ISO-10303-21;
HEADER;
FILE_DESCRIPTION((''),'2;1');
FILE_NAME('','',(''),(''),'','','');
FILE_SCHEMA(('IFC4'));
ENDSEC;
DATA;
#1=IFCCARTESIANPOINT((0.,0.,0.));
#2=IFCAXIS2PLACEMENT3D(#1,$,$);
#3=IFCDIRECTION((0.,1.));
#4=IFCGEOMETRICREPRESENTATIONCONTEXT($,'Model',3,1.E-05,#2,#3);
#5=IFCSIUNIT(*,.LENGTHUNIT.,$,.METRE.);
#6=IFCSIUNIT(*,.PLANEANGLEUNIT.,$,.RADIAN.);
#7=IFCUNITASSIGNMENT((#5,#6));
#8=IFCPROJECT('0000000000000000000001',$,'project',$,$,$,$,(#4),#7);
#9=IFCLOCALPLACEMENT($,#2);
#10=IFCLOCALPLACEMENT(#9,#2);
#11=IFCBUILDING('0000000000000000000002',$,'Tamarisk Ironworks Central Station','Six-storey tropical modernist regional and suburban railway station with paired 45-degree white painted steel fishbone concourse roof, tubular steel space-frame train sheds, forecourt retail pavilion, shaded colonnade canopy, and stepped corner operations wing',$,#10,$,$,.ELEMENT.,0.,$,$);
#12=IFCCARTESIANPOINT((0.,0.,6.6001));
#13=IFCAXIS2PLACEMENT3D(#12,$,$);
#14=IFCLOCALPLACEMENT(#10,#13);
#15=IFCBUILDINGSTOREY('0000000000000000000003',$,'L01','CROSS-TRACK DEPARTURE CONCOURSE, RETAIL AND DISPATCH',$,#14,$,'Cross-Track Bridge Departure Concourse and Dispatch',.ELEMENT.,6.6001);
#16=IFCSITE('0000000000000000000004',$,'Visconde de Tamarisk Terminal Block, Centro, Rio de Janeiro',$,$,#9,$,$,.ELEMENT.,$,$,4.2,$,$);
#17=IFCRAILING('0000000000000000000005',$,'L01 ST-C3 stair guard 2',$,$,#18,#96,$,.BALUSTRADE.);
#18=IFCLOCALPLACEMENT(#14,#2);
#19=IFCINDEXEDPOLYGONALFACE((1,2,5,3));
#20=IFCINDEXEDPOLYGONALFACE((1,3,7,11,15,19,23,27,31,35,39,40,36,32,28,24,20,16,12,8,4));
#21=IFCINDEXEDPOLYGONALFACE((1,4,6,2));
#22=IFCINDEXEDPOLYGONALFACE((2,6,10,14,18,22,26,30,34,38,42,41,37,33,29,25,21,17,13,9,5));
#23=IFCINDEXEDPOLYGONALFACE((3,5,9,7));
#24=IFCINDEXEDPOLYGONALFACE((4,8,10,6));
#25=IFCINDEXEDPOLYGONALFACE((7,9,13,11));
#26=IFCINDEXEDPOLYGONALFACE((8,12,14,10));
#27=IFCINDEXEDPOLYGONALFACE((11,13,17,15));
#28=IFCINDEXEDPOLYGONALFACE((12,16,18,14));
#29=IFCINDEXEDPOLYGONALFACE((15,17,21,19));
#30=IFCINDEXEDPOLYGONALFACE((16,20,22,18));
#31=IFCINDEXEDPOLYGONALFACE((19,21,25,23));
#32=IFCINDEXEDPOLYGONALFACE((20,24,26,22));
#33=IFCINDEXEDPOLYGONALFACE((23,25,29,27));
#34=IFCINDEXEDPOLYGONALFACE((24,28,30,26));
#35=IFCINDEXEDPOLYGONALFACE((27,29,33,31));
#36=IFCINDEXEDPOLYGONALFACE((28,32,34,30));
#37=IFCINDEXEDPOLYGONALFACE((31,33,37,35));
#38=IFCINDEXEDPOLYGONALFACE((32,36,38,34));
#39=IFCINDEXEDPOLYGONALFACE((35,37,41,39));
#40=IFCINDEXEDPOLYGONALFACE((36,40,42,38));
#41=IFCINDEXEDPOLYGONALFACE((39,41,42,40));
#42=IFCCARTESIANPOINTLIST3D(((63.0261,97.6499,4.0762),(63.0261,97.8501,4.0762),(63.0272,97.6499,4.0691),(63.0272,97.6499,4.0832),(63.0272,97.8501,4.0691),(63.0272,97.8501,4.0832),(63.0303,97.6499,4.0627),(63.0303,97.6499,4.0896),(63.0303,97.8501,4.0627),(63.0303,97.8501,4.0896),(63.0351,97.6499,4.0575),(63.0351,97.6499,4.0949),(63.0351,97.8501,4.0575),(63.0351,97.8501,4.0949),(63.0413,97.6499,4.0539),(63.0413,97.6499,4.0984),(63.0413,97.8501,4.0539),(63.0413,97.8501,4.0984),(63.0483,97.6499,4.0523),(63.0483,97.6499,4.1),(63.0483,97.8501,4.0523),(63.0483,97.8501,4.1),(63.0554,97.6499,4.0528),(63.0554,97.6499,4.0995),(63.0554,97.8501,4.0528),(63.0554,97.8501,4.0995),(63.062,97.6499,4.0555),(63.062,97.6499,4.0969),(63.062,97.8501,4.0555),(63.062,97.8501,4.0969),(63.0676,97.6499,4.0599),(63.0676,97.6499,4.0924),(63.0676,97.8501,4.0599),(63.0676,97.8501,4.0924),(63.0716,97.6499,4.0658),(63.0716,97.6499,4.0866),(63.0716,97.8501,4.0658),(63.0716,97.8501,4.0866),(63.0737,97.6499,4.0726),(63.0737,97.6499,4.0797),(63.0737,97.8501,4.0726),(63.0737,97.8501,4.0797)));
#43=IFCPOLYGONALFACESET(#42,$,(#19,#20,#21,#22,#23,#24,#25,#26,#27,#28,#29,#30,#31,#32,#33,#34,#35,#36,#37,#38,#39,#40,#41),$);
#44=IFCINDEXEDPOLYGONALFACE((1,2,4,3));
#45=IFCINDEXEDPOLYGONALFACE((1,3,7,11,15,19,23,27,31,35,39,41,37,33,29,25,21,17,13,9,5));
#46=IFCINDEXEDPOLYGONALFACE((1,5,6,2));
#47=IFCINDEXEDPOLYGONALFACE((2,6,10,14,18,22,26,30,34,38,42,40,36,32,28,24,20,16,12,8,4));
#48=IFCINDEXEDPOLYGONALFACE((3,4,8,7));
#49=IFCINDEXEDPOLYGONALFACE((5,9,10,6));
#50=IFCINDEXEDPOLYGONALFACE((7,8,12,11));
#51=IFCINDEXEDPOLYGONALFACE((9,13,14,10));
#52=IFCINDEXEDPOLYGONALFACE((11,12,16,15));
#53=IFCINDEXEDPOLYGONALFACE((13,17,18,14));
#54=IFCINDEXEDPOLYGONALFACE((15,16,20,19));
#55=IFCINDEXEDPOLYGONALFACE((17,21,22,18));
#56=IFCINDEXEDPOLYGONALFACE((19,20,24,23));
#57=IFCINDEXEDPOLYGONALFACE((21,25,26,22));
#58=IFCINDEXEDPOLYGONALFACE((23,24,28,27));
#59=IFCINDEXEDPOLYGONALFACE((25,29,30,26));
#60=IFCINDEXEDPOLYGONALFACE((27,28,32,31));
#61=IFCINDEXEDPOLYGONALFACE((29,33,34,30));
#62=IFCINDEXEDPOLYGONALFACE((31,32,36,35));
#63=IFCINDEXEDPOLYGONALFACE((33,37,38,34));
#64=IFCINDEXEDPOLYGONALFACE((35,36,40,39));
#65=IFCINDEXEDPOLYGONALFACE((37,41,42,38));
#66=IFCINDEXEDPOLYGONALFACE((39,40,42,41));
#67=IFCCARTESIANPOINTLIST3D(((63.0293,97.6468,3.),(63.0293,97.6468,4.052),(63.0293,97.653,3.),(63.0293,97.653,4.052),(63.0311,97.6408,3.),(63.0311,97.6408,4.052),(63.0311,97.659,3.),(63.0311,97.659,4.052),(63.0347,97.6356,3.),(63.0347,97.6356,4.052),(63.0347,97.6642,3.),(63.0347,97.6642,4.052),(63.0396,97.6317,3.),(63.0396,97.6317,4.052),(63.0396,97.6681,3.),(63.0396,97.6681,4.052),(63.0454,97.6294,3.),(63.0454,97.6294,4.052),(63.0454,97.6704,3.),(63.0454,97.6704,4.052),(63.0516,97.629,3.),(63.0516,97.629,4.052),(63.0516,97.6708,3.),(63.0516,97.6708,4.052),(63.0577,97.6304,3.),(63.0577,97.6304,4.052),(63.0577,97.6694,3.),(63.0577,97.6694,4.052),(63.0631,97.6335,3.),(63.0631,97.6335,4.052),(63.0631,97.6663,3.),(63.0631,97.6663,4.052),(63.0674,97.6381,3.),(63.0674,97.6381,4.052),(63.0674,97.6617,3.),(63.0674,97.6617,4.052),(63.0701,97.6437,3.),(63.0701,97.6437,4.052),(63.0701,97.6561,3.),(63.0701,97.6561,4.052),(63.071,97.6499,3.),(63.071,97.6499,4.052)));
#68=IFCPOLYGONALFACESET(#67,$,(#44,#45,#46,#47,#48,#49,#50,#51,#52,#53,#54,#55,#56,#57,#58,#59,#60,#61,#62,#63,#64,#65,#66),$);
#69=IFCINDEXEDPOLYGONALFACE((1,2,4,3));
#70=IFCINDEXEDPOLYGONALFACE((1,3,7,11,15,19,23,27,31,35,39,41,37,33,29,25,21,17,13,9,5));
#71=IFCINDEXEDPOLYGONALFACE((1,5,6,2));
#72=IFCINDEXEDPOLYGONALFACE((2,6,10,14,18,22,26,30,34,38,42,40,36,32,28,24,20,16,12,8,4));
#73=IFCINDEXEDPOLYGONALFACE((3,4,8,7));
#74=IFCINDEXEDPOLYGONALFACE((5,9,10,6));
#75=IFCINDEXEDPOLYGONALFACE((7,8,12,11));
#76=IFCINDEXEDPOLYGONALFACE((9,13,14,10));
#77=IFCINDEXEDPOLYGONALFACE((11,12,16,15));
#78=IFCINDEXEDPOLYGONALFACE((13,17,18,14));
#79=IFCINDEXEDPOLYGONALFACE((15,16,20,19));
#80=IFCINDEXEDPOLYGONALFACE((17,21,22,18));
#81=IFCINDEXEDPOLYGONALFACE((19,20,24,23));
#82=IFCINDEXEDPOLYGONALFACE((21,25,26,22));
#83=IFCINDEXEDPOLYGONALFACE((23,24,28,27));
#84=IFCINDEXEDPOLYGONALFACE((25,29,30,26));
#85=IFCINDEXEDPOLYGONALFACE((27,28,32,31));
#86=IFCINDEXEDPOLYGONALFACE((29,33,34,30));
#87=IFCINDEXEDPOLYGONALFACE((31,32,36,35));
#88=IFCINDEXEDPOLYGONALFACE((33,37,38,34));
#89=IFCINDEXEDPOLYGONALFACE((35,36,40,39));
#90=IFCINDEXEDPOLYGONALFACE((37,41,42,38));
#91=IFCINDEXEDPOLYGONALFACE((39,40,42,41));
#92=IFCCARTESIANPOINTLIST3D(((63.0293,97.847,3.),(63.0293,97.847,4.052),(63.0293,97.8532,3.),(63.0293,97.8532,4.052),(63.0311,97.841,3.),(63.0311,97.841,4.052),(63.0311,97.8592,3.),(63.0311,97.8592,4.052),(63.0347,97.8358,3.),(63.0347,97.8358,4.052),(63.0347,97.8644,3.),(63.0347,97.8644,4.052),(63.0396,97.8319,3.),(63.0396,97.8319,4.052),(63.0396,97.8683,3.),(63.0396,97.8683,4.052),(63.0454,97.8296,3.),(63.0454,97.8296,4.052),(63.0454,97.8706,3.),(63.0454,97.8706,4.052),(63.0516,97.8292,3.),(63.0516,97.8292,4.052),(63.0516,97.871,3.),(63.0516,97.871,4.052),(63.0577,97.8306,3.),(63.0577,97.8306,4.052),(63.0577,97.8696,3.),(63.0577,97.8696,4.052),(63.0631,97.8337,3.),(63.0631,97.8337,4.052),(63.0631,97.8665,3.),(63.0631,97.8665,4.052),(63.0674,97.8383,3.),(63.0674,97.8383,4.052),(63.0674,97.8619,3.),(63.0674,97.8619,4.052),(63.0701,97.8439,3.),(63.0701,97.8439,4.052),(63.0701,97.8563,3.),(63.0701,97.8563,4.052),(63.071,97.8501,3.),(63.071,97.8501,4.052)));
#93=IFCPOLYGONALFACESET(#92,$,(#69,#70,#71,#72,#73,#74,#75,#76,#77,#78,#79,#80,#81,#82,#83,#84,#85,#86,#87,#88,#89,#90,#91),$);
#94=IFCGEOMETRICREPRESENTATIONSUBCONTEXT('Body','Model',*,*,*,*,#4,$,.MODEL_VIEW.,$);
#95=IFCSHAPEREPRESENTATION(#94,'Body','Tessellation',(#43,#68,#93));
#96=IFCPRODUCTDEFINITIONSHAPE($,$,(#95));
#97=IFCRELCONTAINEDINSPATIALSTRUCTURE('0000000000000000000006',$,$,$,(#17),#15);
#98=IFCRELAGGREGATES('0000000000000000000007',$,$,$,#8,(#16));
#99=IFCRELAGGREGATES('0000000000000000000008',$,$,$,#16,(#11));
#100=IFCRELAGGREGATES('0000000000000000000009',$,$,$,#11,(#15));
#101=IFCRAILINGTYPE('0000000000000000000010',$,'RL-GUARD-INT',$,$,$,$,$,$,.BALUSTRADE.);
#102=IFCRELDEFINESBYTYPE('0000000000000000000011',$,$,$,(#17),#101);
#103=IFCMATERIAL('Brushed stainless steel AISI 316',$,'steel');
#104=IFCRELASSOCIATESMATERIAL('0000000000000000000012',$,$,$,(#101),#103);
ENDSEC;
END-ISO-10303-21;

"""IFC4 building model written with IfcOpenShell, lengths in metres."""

from ifc_helpers import new_model, si_unit, direction, frame, origin, origin_2d, place, context, subcontext, project, spatial, circle, extrude, material, type_object, element, save


model = new_model("IFC4")

# Units and contexts
model_context = context("Model", 3, precision=1e-05, world=origin(), true_north=direction((0.0, 1.0)))
body_context = subcontext(model_context, "Body", "Model", "MODEL_VIEW")
ifc_project = project(units=[si_unit("LENGTHUNIT", "METRE"), si_unit("PLANEANGLEUNIT", "RADIAN")], contexts=[model_context])

# Site, building, storey
site_placement = place(None, origin())
site = spatial("IfcSite", under=ifc_project, at=site_placement, Name="Visconde de Tamarisk Terminal Block, Centro, Rio de Janeiro", CompositionType="ELEMENT", RefElevation=4.2)
building_placement = place(site_placement, origin())
building = spatial("IfcBuilding", under=site, at=building_placement, Name="Tamarisk Ironworks Central Station", Description="Six-storey tropical modernist regional and suburban railway station with paired 45-degree white painted steel fishbone concourse roof, tubular steel space-frame train sheds, forecourt retail pavilion, shaded colonnade canopy, and stepped corner operations wing", CompositionType="ELEMENT", ElevationOfRefHeight=0.0)
storey_placement = place(building_placement, frame((0.0, 0.0, 6.6001)))
storey = spatial("IfcBuildingStorey", under=building, at=storey_placement, Name="L01", Description="CROSS-TRACK DEPARTURE CONCOURSE, RETAIL AND DISPATCH", LongName="Cross-Track Bridge Departure Concourse and Dispatch", CompositionType="ELEMENT", Elevation=6.6001)

# Shared definitions
ifc_material_1 = material(Name="Brushed stainless steel AISI 316", Category="steel")

# Railing
railing_type_1 = type_object("IfcRailingType", Name="RL-GUARD-INT", PredefinedType="BALUSTRADE", material=ifc_material_1)
railing_1_placement = place(storey_placement, frame((63.05, 97.6499, 3.0)))
element("IfcRailing", 1, at=railing_1_placement, inside=storey, type_object=railing_type_1, Name="L01 ST-C3 stair guard 2", PredefinedType="BALUSTRADE", context=body_context, shape_type="SweptSolid", body=[
    extrude(circle(Radius=0.0239, at=origin_2d()), frame((0.0, 0.0, 1.0762), z_axis=(0.0, 1.0, 0.0), x_axis=(-1.0, 0.0, 0.0)), (0.0, 0.0, 1.0), 0.2002),
    extrude(circle(Radius=0.021, at=origin_2d()), origin(), (0.0, 0.0, 1.0), 1.052),
    extrude(circle(Radius=0.021, at=origin_2d()), frame((0.0, 0.2002, 0.0)), (0.0, 0.0, 1.0), 1.052),
])

save(model, "model.ifc")
